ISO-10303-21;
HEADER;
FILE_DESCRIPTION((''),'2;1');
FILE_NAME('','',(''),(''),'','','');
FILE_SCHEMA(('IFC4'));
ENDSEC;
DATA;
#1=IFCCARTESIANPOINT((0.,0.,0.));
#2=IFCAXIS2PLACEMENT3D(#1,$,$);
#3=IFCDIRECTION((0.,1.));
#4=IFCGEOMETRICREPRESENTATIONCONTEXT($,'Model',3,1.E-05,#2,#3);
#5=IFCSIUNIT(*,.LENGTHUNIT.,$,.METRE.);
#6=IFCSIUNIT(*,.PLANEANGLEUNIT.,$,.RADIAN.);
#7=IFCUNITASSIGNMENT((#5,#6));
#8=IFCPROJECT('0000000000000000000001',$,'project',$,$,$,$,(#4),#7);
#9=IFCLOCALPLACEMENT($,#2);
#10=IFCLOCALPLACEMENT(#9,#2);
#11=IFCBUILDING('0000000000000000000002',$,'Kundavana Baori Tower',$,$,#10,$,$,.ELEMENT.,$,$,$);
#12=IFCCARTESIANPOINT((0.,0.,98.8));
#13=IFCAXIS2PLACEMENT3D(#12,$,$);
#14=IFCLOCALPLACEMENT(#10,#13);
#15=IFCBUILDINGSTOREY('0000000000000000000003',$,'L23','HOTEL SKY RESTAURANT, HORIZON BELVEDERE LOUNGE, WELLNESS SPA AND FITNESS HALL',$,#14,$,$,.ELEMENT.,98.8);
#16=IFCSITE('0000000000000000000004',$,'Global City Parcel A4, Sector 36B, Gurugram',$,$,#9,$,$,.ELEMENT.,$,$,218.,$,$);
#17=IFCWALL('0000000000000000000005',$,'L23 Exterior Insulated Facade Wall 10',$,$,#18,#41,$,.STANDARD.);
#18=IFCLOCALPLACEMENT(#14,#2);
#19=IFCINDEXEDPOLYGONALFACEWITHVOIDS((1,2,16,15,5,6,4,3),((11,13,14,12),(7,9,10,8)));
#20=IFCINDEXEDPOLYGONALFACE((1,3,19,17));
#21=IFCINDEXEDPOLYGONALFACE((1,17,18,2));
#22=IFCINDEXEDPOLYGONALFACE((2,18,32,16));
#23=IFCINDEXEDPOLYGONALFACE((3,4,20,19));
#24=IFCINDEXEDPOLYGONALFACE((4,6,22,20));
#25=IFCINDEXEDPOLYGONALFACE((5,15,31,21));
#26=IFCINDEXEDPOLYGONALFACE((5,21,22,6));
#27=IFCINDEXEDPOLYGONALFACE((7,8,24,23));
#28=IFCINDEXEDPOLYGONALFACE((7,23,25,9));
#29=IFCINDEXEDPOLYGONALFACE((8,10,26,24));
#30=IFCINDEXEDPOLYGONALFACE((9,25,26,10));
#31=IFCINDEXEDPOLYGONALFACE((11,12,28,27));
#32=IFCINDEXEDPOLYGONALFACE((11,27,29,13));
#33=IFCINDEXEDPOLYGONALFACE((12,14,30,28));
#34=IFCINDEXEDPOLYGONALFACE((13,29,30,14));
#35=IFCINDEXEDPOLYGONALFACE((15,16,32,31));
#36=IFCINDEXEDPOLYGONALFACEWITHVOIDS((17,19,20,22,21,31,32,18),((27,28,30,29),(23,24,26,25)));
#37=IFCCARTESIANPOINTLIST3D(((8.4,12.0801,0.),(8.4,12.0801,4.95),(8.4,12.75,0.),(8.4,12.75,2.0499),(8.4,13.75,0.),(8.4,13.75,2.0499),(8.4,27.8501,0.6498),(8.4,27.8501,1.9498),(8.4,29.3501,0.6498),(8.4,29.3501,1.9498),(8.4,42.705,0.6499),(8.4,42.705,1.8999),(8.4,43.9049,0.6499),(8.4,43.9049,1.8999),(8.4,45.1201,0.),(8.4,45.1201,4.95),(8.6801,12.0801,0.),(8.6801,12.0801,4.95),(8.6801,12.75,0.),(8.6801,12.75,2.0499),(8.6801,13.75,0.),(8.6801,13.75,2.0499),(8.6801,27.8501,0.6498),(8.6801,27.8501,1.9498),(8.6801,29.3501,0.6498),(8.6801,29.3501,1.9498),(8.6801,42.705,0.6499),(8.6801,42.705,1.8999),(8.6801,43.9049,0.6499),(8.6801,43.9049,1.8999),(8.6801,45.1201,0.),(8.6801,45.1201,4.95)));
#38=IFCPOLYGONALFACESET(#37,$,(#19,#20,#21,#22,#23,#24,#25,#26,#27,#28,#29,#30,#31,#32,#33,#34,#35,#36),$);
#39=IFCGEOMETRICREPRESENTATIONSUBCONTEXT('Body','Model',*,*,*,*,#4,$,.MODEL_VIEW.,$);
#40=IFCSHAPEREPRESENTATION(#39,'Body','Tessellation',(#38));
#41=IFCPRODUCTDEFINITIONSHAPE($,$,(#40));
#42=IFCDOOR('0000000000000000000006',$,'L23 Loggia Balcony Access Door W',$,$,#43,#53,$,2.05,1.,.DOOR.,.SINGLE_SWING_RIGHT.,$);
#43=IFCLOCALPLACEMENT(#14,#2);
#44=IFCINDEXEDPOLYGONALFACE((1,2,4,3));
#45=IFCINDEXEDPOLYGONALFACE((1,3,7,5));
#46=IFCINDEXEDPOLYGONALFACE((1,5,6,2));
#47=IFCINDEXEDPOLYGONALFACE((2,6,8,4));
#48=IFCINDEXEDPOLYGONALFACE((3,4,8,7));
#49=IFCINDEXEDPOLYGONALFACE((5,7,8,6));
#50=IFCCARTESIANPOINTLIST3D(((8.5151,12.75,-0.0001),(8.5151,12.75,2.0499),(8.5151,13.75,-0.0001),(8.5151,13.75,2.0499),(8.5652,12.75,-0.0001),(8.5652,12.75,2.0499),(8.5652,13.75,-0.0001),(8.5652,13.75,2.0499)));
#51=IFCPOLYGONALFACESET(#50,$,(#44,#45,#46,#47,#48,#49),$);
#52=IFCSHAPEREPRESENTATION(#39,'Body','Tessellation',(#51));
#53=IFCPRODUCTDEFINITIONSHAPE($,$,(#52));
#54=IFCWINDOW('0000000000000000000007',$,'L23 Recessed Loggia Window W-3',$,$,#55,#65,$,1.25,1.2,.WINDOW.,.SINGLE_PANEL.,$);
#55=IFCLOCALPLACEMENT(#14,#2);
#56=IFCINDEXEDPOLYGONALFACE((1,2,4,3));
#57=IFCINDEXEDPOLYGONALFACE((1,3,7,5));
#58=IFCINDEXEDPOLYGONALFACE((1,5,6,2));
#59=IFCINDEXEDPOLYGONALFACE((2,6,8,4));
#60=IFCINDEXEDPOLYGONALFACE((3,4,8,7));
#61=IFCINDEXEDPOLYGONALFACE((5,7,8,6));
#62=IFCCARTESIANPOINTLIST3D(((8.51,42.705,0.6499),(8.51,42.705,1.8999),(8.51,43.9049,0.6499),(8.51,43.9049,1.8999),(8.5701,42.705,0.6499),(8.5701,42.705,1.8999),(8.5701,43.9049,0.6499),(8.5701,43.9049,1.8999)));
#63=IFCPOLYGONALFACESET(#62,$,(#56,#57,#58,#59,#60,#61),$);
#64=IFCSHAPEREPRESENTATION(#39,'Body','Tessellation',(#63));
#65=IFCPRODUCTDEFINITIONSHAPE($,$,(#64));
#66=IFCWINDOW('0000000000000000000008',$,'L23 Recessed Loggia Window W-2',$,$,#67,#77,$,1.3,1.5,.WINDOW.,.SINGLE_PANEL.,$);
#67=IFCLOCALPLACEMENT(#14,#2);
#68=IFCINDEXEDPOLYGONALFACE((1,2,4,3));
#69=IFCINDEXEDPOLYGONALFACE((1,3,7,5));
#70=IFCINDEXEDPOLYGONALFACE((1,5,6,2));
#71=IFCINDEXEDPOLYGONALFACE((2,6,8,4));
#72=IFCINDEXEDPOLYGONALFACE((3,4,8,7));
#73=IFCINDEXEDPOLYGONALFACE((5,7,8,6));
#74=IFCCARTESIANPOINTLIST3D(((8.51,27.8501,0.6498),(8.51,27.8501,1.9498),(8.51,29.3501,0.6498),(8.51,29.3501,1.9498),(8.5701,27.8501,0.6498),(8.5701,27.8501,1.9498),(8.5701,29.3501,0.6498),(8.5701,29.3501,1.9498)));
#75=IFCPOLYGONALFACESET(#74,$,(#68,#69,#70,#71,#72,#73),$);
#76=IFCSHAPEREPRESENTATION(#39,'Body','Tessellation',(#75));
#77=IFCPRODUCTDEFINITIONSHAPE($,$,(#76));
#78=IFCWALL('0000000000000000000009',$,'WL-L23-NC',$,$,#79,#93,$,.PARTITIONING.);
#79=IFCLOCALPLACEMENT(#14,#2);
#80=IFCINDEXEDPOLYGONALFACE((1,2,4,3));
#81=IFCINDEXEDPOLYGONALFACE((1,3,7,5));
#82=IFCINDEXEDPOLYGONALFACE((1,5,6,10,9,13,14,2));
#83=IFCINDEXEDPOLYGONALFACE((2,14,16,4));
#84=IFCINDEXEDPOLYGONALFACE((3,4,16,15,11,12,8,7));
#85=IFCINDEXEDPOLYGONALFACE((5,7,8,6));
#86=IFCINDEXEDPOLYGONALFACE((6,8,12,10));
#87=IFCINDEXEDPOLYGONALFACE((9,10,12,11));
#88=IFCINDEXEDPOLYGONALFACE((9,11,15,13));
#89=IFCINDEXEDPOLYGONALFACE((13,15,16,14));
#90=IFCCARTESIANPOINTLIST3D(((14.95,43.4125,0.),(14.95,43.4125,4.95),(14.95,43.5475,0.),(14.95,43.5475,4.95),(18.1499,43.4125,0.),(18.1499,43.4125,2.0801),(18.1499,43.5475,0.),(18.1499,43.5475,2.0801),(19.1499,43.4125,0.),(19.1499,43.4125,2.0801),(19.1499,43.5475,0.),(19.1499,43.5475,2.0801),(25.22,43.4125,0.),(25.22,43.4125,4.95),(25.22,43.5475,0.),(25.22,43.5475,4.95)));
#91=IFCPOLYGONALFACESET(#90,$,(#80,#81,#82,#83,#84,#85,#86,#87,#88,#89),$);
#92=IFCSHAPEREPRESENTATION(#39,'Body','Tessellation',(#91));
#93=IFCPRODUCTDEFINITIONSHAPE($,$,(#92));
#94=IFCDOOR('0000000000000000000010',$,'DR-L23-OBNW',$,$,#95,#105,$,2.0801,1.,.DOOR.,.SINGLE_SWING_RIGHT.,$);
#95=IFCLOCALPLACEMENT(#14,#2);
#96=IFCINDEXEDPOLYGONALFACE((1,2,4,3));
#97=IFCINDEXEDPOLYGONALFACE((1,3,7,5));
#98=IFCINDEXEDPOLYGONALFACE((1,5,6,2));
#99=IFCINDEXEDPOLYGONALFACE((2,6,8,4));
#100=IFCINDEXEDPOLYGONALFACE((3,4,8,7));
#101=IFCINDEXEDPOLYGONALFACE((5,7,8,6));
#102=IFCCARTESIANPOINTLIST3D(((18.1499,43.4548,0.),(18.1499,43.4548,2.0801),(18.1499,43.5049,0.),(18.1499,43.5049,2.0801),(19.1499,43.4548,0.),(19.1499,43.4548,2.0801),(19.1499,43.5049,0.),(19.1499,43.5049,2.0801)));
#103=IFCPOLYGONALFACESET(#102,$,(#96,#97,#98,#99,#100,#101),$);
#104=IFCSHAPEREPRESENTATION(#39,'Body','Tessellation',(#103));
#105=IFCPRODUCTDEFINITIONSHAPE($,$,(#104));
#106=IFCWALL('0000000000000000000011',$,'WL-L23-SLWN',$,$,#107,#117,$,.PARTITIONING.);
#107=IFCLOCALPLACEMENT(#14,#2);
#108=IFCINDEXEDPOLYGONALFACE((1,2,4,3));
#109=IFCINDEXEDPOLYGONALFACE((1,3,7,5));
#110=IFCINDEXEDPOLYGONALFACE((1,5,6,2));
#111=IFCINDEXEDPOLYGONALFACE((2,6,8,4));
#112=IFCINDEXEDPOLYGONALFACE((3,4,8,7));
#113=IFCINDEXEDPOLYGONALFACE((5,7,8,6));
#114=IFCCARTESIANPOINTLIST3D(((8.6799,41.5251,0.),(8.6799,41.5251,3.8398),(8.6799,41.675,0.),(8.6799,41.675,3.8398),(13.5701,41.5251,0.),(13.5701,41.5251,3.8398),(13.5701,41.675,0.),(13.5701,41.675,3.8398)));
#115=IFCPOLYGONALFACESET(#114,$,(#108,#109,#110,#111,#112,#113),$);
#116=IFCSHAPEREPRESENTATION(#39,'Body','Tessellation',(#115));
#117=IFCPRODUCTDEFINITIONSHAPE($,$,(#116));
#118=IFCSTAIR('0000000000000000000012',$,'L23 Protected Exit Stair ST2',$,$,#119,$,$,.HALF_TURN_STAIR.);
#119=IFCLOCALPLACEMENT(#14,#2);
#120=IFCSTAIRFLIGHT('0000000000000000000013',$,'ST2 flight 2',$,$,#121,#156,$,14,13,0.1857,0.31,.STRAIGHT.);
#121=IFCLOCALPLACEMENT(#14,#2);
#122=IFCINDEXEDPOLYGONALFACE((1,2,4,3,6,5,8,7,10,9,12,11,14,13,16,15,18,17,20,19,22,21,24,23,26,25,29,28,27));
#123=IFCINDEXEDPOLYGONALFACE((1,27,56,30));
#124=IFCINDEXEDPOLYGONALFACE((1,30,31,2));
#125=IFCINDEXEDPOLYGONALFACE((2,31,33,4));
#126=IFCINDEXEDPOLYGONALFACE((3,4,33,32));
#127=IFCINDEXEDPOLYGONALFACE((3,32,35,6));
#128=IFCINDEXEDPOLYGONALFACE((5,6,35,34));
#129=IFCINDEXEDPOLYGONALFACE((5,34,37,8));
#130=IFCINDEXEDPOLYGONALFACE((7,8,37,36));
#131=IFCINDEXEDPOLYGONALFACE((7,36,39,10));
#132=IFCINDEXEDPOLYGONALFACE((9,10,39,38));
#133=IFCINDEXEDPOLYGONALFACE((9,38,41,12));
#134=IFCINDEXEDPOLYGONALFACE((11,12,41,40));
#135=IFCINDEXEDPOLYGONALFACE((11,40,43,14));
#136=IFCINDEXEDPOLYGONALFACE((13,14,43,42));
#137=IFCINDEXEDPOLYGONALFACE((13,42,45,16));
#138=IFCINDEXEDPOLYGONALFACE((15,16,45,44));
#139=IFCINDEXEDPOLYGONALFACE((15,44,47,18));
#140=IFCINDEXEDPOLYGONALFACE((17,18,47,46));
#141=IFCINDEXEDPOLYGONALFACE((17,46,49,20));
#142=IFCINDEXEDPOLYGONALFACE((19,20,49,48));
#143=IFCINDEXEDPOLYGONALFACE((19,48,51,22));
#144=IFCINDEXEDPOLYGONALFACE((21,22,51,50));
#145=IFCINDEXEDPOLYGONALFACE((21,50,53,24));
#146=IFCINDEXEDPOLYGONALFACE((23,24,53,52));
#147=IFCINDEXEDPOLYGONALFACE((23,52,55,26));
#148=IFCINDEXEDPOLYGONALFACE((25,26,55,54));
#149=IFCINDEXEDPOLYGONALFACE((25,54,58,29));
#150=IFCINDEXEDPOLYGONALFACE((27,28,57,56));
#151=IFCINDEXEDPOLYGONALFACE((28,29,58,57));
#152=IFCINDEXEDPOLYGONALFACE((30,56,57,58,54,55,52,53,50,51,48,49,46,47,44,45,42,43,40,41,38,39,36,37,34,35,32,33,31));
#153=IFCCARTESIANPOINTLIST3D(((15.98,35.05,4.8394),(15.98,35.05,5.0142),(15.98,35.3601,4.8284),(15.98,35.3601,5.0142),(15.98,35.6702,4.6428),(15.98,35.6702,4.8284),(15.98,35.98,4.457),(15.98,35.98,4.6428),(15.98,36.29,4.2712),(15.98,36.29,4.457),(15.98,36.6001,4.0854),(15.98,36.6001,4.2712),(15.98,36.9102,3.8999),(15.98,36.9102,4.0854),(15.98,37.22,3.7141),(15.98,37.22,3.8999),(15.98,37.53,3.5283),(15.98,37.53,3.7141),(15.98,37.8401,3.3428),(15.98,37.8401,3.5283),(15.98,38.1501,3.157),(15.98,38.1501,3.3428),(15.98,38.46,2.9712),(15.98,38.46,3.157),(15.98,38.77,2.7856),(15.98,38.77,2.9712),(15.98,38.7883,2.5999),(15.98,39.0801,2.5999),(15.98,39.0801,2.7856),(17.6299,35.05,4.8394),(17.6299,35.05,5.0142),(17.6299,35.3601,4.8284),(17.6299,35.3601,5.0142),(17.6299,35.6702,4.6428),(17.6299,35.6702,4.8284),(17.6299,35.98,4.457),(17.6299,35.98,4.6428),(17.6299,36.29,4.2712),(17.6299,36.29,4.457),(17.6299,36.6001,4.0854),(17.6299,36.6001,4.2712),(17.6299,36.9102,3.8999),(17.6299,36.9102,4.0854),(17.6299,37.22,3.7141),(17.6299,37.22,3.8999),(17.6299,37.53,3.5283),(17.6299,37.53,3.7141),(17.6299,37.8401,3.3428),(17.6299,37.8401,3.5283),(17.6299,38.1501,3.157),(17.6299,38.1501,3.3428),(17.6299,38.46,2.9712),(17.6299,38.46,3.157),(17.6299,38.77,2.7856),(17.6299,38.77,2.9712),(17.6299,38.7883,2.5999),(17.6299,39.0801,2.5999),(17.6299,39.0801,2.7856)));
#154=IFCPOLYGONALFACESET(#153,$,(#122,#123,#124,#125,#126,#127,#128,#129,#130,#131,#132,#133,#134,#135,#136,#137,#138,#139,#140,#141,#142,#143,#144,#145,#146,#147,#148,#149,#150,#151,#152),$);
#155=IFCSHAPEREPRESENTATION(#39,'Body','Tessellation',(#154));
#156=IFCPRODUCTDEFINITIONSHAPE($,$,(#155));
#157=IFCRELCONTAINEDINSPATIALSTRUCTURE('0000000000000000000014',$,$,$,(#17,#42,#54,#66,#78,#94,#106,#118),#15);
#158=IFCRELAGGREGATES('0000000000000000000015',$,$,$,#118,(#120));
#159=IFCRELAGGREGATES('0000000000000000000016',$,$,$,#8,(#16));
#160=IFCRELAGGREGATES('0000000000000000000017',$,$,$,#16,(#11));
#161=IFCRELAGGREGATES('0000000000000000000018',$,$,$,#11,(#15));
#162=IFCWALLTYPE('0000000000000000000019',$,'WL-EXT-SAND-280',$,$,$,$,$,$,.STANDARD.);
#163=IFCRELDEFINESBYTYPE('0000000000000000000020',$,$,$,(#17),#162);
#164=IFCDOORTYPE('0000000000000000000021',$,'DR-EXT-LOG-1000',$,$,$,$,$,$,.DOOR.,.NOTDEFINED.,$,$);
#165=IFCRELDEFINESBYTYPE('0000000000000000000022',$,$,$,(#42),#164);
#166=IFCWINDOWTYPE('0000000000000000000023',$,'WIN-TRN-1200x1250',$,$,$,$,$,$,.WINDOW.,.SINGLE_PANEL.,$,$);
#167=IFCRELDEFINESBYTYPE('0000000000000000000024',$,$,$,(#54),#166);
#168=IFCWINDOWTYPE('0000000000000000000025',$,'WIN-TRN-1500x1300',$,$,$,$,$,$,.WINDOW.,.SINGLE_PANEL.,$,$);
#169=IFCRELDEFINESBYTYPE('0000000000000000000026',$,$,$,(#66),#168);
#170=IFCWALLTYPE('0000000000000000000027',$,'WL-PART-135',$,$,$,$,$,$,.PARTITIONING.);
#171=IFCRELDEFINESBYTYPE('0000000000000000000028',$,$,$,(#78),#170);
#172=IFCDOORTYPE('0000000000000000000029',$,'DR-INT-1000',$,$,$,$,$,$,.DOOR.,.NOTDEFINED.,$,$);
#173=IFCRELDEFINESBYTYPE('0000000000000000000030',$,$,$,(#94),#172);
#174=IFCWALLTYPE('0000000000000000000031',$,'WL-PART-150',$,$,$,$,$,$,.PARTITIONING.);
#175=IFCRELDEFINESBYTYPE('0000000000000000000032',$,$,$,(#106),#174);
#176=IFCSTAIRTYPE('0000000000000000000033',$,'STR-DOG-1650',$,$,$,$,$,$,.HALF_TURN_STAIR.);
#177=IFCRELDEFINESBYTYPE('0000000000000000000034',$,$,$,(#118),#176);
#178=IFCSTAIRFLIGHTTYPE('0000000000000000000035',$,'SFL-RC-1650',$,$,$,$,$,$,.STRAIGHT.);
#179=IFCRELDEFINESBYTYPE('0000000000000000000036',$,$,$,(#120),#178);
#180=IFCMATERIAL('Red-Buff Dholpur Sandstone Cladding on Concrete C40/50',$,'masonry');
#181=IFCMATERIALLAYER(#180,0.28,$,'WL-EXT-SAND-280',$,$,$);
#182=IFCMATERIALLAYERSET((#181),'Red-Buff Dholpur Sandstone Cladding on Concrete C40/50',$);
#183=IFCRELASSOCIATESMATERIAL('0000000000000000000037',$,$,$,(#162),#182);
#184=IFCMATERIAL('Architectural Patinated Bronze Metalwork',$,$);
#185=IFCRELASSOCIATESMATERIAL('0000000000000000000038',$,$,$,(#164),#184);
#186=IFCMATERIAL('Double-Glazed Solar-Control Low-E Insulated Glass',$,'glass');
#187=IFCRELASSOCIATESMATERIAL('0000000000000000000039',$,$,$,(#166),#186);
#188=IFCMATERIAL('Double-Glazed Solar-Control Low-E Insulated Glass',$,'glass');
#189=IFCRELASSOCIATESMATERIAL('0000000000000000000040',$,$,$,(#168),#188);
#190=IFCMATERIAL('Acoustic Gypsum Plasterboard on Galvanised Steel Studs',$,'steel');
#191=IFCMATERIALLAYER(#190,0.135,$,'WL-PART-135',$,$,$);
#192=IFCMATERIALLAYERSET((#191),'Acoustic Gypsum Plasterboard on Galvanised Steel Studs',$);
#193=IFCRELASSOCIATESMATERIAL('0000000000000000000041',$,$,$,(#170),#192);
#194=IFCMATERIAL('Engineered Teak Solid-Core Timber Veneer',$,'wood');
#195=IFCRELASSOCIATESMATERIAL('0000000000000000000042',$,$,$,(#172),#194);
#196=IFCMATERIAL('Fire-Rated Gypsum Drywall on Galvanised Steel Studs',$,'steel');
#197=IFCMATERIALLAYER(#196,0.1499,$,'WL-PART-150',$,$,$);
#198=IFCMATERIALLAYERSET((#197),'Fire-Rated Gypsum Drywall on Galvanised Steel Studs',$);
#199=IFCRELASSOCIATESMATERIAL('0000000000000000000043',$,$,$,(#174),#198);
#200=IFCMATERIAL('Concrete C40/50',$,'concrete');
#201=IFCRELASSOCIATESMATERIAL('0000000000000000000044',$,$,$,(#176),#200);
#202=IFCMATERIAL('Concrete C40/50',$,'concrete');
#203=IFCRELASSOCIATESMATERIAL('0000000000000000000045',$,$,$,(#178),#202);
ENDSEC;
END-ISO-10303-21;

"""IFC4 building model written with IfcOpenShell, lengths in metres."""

from ifc_helpers import new_model, si_unit, direction, frame, frame_2d, origin, place, context, subcontext, project, spatial, polyline, rectangle, outline, extrude, material, layer, layer_set, type_object, element, fill, aggregate, save


model = new_model("IFC4")

# Units and contexts
model_context = context("Model", 3, precision=1e-05, world=origin(), true_north=direction((0.0, 1.0)))
body_context = subcontext(model_context, "Body", "Model", "MODEL_VIEW")
ifc_project = project(units=[si_unit("LENGTHUNIT", "METRE"), si_unit("PLANEANGLEUNIT", "RADIAN")], contexts=[model_context])

# Site, building, storey
site_placement = place(None, origin())
site = spatial("IfcSite", under=ifc_project, at=site_placement, Name="Global City Parcel A4, Sector 36B, Gurugram", CompositionType="ELEMENT", RefElevation=218.0)
building_placement = place(site_placement, origin())
building = spatial("IfcBuilding", under=site, at=building_placement, Name="Kundavana Baori Tower", CompositionType="ELEMENT")
storey_placement = place(building_placement, frame((0.0, 0.0, 98.8)))
storey = spatial("IfcBuildingStorey", under=building, at=storey_placement, Name="L23", Description="HOTEL SKY RESTAURANT, HORIZON BELVEDERE LOUNGE, WELLNESS SPA AND FITNESS HALL", CompositionType="ELEMENT", Elevation=98.8)

# Shared definitions
ifc_material_1 = material(Name="Red-Buff Dholpur Sandstone Cladding on Concrete C40/50", Category="masonry")
ifc_layer_1 = layer(ifc_material_1, 0.28, Name="WL-EXT-SAND-280")
ifc_layer_set_1 = layer_set([ifc_layer_1], Name="Red-Buff Dholpur Sandstone Cladding on Concrete C40/50")
wall_type_1 = type_object("IfcWallType", Name="WL-EXT-SAND-280", PredefinedType="STANDARD", material=ifc_layer_set_1)

# Wall, openings, door, windows
wall_1_placement = place(storey_placement, frame((8.54, 45.1201, 0.0), z_axis=(0.0, 0.0, 1.0), x_axis=(0.0, -1.0, 0.0)))
wall_1 = element("IfcWall", 1, at=wall_1_placement, inside=storey, type_object=wall_type_1, Name="L23 Exterior Insulated Facade Wall 10", PredefinedType="STANDARD", context=body_context, shape_type="SweptSolid", body=[
    extrude(rectangle(XDim=33.04, YDim=0.28, at=frame_2d((16.52, 0.0))), origin(), (0.0, 0.0, 1.0), 4.95),
])
opening_1_placement = place(wall_1_placement, frame((31.3701, 0.0, 0.0)))
opening_1 = element("IfcOpeningElement", 2, at=opening_1_placement, cuts=wall_1, PredefinedType="OPENING", context=body_context, shape_type="SweptSolid", body=[
    extrude(rectangle(XDim=1.0, YDim=2.05, at=frame_2d((0.5, 1.0249))), frame((0.0, 0.1499, 0.0), z_axis=(0.0, -1.0, 0.0), x_axis=(1.0, 0.0, 0.0)), (0.0, 0.0, 1.0), 0.3),
])
opening_2_placement = place(wall_1_placement, frame((15.77, 0.0, 0.6499)))
opening_2 = element("IfcOpeningElement", 3, at=opening_2_placement, cuts=wall_1, PredefinedType="OPENING", context=body_context, shape_type="SweptSolid", body=[
    extrude(rectangle(XDim=1.5, YDim=1.3, at=frame_2d((0.75, 0.6499))), frame((0.0, 0.1499, 0.0), z_axis=(0.0, -1.0, 0.0), x_axis=(1.0, 0.0, 0.0)), (0.0, 0.0, 1.0), 0.3),
])
opening_3_placement = place(wall_1_placement, frame((1.2151, 0.0, 0.6499)))
opening_3 = element("IfcOpeningElement", 4, at=opening_3_placement, cuts=wall_1, PredefinedType="OPENING", context=body_context, shape_type="SweptSolid", body=[
    extrude(rectangle(XDim=1.2, YDim=1.25, at=frame_2d((0.6001, 0.625))), frame((0.0, 0.1499, 0.0), z_axis=(0.0, -1.0, 0.0), x_axis=(1.0, 0.0, 0.0)), (0.0, 0.0, 1.0), 0.3),
])
ifc_material_2 = material(Name="Architectural Patinated Bronze Metalwork")
door_type_1 = type_object("IfcDoorType", Name="DR-EXT-LOG-1000", OperationType="NOTDEFINED", PredefinedType="DOOR", material=ifc_material_2)
door_1_placement = place(opening_1_placement, frame((1.0, 0.0, 0.0), z_axis=(0.0, 0.0, 1.0), x_axis=(-1.0, 0.0, 0.0)))
door_1 = element("IfcDoor", 5, at=door_1_placement, inside=storey, type_object=door_type_1, Name="L23 Loggia Balcony Access Door W", OperationType="SINGLE_SWING_RIGHT", OverallHeight=2.05, OverallWidth=1.0, PredefinedType="DOOR", context=body_context, shape_type="SweptSolid", body=[
    extrude(rectangle(XDim=1.0, YDim=2.05, at=frame_2d((0.5, 1.0249))), frame((0.0, 0.0249, 0.0), z_axis=(0.0, -1.0, 0.0), x_axis=(1.0, 0.0, 0.0)), (0.0, 0.0, 1.0), 0.05),
])
fill(opening_1, door_1)
ifc_material_3 = material(Name="Double-Glazed Solar-Control Low-E Insulated Glass", Category="glass")
window_type_1 = type_object("IfcWindowType", Name="WIN-TRN-1200x1250", PartitioningType="SINGLE_PANEL", PredefinedType="WINDOW", material=ifc_material_3)
window_1_placement = place(opening_3_placement, origin())
window_1 = element("IfcWindow", 6, at=window_1_placement, inside=storey, type_object=window_type_1, Name="L23 Recessed Loggia Window W-3", OverallHeight=1.25, OverallWidth=1.2, PartitioningType="SINGLE_PANEL", PredefinedType="WINDOW", context=body_context, shape_type="SweptSolid", body=[
    extrude(rectangle(XDim=1.2, YDim=1.25, at=frame_2d((0.6001, 0.625))), frame((0.0, 0.03, 0.0), z_axis=(0.0, -1.0, 0.0), x_axis=(1.0, 0.0, 0.0)), (0.0, 0.0, 1.0), 0.0601),
])
fill(opening_3, window_1)
ifc_material_4 = material(Name="Double-Glazed Solar-Control Low-E Insulated Glass", Category="glass")
window_type_2 = type_object("IfcWindowType", Name="WIN-TRN-1500x1300", PartitioningType="SINGLE_PANEL", PredefinedType="WINDOW", material=ifc_material_4)
window_2_placement = place(opening_2_placement, origin())
window_2 = element("IfcWindow", 7, at=window_2_placement, inside=storey, type_object=window_type_2, Name="L23 Recessed Loggia Window W-2", OverallHeight=1.3, OverallWidth=1.5, PartitioningType="SINGLE_PANEL", PredefinedType="WINDOW", context=body_context, shape_type="SweptSolid", body=[
    extrude(rectangle(XDim=1.5, YDim=1.3, at=frame_2d((0.75, 0.6499))), frame((0.0, 0.03, 0.0), z_axis=(0.0, -1.0, 0.0), x_axis=(1.0, 0.0, 0.0)), (0.0, 0.0, 1.0), 0.0601),
])
fill(opening_2, window_2)

# Wall, opening, door
ifc_material_5 = material(Name="Acoustic Gypsum Plasterboard on Galvanised Steel Studs", Category="steel")
ifc_layer_2 = layer(ifc_material_5, 0.135, Name="WL-PART-135")
ifc_layer_set_2 = layer_set([ifc_layer_2], Name="Acoustic Gypsum Plasterboard on Galvanised Steel Studs")
wall_type_2 = type_object("IfcWallType", Name="WL-PART-135", PredefinedType="PARTITIONING", material=ifc_layer_set_2)
wall_2_placement = place(storey_placement, frame((14.95, 43.48, 0.0), z_axis=(0.0, 0.0, 1.0), x_axis=(1.0, 0.0, 0.0)))
wall_2 = element("IfcWall", 8, at=wall_2_placement, inside=storey, type_object=wall_type_2, Name="WL-L23-NC", PredefinedType="PARTITIONING", context=body_context, shape_type="SweptSolid", body=[
    extrude(rectangle(XDim=10.27, YDim=0.135, at=frame_2d((5.135, 0.0))), origin(), (0.0, 0.0, 1.0), 4.95),
])
opening_4_placement = place(wall_2_placement, frame((3.2, 0.0, 0.0)))
opening_4 = element("IfcOpeningElement", 9, at=opening_4_placement, cuts=wall_2, PredefinedType="OPENING", context=body_context, shape_type="SweptSolid", body=[
    extrude(rectangle(XDim=1.0, YDim=2.0801, at=frame_2d((0.5, 1.04))), frame((0.0, 0.0776, 0.0), z_axis=(0.0, -1.0, 0.0), x_axis=(1.0, 0.0, 0.0)), (0.0, 0.0, 1.0), 0.155),
])
ifc_material_6 = material(Name="Engineered Teak Solid-Core Timber Veneer", Category="wood")
door_type_2 = type_object("IfcDoorType", Name="DR-INT-1000", OperationType="NOTDEFINED", PredefinedType="DOOR", material=ifc_material_6)
door_2_placement = place(opening_4_placement, origin())
door_2 = element("IfcDoor", 10, at=door_2_placement, inside=storey, type_object=door_type_2, Name="DR-L23-OBNW", OperationType="SINGLE_SWING_RIGHT", OverallHeight=2.0801, OverallWidth=1.0, PredefinedType="DOOR", context=body_context, shape_type="SweptSolid", body=[
    extrude(rectangle(XDim=1.0, YDim=2.0801, at=frame_2d((0.5, 1.04))), frame((0.0, 0.0249, 0.0), z_axis=(0.0, -1.0, 0.0), x_axis=(1.0, 0.0, 0.0)), (0.0, 0.0, 1.0), 0.05),
])
fill(opening_4, door_2)

# Wall
ifc_material_7 = material(Name="Fire-Rated Gypsum Drywall on Galvanised Steel Studs", Category="steel")
ifc_layer_3 = layer(ifc_material_7, 0.1499, Name="WL-PART-150")
ifc_layer_set_3 = layer_set([ifc_layer_3], Name="Fire-Rated Gypsum Drywall on Galvanised Steel Studs")
wall_type_3 = type_object("IfcWallType", Name="WL-PART-150", PredefinedType="PARTITIONING", material=ifc_layer_set_3)
wall_3_placement = place(storey_placement, frame((8.6799, 41.6001, 0.0), z_axis=(0.0, 0.0, 1.0), x_axis=(1.0, 0.0, 0.0)))
element("IfcWall", 11, at=wall_3_placement, inside=storey, type_object=wall_type_3, Name="WL-L23-SLWN", PredefinedType="PARTITIONING", context=body_context, shape_type="SweptSolid", body=[
    extrude(rectangle(XDim=4.8901, YDim=0.1499, at=frame_2d((2.4451, 0.0))), origin(), (0.0, 0.0, 1.0), 3.8398),
])

# Stair, stair flight
ifc_material_8 = material(Name="Concrete C40/50", Category="concrete")
stair_type = type_object("IfcStairType", Name="STR-DOG-1650", PredefinedType="HALF_TURN_STAIR", material=ifc_material_8)
stair_placement = place(storey_placement, origin())
stair = element("IfcStair", 12, at=stair_placement, inside=storey, type_object=stair_type, Name="L23 Protected Exit Stair ST2", PredefinedType="HALF_TURN_STAIR")
ifc_material_9 = material(Name="Concrete C40/50", Category="concrete")
stair_flight_type = type_object("IfcStairFlightType", Name="SFL-RC-1650", PredefinedType="STRAIGHT", material=ifc_material_9)
stair_flight_placement = place(storey_placement, frame((16.8049, 39.0801, 2.5999), z_axis=(0.0, 0.0, 1.0), x_axis=(0.0, -1.0, 0.0)))
stair_flight = element("IfcStairFlight", 13, at=stair_flight_placement, type_object=stair_flight_type, Name="ST2 flight 2", NumberOfRisers=14, NumberOfTreads=13, PredefinedType="STRAIGHT", RiserHeight=0.1857, TreadLength=0.31, context=body_context, shape_type="SweptSolid", body=[
    extrude(outline(polyline([(0.0, 0.0), (0.0, 0.1858), (0.3101, 0.1858), (0.3101, 0.3713), (0.6201, 0.3713), (0.6201, 0.5571), (0.9299, 0.5571), (0.9299, 0.7429), (1.24, 0.7429), (1.24, 0.9285), (1.55, 0.9285), (1.55, 1.1143), (1.8601, 1.1143), (1.8601, 1.3), (2.1699, 1.3), (2.1699, 1.4856), (2.48, 1.4856), (2.48, 1.6714), (2.79, 1.6714), (2.79, 1.8572), (3.1001, 1.8572), (3.1001, 2.043), (3.4099, 2.043), (3.4099, 2.2285), (3.72, 2.2285), (3.72, 2.4143), (4.03, 2.4143), (4.03, 2.6001), (4.03, 2.2395), (0.2917, 0.0), (0.0, 0.0)])), frame((0.0, 0.825, 0.0), z_axis=(0.0, -1.0, 0.0), x_axis=(1.0, 0.0, 0.0)), (0.0, 0.0, 1.0), 1.6499),
])
aggregate(stair, [stair_flight])

save(model, "model.ifc")
